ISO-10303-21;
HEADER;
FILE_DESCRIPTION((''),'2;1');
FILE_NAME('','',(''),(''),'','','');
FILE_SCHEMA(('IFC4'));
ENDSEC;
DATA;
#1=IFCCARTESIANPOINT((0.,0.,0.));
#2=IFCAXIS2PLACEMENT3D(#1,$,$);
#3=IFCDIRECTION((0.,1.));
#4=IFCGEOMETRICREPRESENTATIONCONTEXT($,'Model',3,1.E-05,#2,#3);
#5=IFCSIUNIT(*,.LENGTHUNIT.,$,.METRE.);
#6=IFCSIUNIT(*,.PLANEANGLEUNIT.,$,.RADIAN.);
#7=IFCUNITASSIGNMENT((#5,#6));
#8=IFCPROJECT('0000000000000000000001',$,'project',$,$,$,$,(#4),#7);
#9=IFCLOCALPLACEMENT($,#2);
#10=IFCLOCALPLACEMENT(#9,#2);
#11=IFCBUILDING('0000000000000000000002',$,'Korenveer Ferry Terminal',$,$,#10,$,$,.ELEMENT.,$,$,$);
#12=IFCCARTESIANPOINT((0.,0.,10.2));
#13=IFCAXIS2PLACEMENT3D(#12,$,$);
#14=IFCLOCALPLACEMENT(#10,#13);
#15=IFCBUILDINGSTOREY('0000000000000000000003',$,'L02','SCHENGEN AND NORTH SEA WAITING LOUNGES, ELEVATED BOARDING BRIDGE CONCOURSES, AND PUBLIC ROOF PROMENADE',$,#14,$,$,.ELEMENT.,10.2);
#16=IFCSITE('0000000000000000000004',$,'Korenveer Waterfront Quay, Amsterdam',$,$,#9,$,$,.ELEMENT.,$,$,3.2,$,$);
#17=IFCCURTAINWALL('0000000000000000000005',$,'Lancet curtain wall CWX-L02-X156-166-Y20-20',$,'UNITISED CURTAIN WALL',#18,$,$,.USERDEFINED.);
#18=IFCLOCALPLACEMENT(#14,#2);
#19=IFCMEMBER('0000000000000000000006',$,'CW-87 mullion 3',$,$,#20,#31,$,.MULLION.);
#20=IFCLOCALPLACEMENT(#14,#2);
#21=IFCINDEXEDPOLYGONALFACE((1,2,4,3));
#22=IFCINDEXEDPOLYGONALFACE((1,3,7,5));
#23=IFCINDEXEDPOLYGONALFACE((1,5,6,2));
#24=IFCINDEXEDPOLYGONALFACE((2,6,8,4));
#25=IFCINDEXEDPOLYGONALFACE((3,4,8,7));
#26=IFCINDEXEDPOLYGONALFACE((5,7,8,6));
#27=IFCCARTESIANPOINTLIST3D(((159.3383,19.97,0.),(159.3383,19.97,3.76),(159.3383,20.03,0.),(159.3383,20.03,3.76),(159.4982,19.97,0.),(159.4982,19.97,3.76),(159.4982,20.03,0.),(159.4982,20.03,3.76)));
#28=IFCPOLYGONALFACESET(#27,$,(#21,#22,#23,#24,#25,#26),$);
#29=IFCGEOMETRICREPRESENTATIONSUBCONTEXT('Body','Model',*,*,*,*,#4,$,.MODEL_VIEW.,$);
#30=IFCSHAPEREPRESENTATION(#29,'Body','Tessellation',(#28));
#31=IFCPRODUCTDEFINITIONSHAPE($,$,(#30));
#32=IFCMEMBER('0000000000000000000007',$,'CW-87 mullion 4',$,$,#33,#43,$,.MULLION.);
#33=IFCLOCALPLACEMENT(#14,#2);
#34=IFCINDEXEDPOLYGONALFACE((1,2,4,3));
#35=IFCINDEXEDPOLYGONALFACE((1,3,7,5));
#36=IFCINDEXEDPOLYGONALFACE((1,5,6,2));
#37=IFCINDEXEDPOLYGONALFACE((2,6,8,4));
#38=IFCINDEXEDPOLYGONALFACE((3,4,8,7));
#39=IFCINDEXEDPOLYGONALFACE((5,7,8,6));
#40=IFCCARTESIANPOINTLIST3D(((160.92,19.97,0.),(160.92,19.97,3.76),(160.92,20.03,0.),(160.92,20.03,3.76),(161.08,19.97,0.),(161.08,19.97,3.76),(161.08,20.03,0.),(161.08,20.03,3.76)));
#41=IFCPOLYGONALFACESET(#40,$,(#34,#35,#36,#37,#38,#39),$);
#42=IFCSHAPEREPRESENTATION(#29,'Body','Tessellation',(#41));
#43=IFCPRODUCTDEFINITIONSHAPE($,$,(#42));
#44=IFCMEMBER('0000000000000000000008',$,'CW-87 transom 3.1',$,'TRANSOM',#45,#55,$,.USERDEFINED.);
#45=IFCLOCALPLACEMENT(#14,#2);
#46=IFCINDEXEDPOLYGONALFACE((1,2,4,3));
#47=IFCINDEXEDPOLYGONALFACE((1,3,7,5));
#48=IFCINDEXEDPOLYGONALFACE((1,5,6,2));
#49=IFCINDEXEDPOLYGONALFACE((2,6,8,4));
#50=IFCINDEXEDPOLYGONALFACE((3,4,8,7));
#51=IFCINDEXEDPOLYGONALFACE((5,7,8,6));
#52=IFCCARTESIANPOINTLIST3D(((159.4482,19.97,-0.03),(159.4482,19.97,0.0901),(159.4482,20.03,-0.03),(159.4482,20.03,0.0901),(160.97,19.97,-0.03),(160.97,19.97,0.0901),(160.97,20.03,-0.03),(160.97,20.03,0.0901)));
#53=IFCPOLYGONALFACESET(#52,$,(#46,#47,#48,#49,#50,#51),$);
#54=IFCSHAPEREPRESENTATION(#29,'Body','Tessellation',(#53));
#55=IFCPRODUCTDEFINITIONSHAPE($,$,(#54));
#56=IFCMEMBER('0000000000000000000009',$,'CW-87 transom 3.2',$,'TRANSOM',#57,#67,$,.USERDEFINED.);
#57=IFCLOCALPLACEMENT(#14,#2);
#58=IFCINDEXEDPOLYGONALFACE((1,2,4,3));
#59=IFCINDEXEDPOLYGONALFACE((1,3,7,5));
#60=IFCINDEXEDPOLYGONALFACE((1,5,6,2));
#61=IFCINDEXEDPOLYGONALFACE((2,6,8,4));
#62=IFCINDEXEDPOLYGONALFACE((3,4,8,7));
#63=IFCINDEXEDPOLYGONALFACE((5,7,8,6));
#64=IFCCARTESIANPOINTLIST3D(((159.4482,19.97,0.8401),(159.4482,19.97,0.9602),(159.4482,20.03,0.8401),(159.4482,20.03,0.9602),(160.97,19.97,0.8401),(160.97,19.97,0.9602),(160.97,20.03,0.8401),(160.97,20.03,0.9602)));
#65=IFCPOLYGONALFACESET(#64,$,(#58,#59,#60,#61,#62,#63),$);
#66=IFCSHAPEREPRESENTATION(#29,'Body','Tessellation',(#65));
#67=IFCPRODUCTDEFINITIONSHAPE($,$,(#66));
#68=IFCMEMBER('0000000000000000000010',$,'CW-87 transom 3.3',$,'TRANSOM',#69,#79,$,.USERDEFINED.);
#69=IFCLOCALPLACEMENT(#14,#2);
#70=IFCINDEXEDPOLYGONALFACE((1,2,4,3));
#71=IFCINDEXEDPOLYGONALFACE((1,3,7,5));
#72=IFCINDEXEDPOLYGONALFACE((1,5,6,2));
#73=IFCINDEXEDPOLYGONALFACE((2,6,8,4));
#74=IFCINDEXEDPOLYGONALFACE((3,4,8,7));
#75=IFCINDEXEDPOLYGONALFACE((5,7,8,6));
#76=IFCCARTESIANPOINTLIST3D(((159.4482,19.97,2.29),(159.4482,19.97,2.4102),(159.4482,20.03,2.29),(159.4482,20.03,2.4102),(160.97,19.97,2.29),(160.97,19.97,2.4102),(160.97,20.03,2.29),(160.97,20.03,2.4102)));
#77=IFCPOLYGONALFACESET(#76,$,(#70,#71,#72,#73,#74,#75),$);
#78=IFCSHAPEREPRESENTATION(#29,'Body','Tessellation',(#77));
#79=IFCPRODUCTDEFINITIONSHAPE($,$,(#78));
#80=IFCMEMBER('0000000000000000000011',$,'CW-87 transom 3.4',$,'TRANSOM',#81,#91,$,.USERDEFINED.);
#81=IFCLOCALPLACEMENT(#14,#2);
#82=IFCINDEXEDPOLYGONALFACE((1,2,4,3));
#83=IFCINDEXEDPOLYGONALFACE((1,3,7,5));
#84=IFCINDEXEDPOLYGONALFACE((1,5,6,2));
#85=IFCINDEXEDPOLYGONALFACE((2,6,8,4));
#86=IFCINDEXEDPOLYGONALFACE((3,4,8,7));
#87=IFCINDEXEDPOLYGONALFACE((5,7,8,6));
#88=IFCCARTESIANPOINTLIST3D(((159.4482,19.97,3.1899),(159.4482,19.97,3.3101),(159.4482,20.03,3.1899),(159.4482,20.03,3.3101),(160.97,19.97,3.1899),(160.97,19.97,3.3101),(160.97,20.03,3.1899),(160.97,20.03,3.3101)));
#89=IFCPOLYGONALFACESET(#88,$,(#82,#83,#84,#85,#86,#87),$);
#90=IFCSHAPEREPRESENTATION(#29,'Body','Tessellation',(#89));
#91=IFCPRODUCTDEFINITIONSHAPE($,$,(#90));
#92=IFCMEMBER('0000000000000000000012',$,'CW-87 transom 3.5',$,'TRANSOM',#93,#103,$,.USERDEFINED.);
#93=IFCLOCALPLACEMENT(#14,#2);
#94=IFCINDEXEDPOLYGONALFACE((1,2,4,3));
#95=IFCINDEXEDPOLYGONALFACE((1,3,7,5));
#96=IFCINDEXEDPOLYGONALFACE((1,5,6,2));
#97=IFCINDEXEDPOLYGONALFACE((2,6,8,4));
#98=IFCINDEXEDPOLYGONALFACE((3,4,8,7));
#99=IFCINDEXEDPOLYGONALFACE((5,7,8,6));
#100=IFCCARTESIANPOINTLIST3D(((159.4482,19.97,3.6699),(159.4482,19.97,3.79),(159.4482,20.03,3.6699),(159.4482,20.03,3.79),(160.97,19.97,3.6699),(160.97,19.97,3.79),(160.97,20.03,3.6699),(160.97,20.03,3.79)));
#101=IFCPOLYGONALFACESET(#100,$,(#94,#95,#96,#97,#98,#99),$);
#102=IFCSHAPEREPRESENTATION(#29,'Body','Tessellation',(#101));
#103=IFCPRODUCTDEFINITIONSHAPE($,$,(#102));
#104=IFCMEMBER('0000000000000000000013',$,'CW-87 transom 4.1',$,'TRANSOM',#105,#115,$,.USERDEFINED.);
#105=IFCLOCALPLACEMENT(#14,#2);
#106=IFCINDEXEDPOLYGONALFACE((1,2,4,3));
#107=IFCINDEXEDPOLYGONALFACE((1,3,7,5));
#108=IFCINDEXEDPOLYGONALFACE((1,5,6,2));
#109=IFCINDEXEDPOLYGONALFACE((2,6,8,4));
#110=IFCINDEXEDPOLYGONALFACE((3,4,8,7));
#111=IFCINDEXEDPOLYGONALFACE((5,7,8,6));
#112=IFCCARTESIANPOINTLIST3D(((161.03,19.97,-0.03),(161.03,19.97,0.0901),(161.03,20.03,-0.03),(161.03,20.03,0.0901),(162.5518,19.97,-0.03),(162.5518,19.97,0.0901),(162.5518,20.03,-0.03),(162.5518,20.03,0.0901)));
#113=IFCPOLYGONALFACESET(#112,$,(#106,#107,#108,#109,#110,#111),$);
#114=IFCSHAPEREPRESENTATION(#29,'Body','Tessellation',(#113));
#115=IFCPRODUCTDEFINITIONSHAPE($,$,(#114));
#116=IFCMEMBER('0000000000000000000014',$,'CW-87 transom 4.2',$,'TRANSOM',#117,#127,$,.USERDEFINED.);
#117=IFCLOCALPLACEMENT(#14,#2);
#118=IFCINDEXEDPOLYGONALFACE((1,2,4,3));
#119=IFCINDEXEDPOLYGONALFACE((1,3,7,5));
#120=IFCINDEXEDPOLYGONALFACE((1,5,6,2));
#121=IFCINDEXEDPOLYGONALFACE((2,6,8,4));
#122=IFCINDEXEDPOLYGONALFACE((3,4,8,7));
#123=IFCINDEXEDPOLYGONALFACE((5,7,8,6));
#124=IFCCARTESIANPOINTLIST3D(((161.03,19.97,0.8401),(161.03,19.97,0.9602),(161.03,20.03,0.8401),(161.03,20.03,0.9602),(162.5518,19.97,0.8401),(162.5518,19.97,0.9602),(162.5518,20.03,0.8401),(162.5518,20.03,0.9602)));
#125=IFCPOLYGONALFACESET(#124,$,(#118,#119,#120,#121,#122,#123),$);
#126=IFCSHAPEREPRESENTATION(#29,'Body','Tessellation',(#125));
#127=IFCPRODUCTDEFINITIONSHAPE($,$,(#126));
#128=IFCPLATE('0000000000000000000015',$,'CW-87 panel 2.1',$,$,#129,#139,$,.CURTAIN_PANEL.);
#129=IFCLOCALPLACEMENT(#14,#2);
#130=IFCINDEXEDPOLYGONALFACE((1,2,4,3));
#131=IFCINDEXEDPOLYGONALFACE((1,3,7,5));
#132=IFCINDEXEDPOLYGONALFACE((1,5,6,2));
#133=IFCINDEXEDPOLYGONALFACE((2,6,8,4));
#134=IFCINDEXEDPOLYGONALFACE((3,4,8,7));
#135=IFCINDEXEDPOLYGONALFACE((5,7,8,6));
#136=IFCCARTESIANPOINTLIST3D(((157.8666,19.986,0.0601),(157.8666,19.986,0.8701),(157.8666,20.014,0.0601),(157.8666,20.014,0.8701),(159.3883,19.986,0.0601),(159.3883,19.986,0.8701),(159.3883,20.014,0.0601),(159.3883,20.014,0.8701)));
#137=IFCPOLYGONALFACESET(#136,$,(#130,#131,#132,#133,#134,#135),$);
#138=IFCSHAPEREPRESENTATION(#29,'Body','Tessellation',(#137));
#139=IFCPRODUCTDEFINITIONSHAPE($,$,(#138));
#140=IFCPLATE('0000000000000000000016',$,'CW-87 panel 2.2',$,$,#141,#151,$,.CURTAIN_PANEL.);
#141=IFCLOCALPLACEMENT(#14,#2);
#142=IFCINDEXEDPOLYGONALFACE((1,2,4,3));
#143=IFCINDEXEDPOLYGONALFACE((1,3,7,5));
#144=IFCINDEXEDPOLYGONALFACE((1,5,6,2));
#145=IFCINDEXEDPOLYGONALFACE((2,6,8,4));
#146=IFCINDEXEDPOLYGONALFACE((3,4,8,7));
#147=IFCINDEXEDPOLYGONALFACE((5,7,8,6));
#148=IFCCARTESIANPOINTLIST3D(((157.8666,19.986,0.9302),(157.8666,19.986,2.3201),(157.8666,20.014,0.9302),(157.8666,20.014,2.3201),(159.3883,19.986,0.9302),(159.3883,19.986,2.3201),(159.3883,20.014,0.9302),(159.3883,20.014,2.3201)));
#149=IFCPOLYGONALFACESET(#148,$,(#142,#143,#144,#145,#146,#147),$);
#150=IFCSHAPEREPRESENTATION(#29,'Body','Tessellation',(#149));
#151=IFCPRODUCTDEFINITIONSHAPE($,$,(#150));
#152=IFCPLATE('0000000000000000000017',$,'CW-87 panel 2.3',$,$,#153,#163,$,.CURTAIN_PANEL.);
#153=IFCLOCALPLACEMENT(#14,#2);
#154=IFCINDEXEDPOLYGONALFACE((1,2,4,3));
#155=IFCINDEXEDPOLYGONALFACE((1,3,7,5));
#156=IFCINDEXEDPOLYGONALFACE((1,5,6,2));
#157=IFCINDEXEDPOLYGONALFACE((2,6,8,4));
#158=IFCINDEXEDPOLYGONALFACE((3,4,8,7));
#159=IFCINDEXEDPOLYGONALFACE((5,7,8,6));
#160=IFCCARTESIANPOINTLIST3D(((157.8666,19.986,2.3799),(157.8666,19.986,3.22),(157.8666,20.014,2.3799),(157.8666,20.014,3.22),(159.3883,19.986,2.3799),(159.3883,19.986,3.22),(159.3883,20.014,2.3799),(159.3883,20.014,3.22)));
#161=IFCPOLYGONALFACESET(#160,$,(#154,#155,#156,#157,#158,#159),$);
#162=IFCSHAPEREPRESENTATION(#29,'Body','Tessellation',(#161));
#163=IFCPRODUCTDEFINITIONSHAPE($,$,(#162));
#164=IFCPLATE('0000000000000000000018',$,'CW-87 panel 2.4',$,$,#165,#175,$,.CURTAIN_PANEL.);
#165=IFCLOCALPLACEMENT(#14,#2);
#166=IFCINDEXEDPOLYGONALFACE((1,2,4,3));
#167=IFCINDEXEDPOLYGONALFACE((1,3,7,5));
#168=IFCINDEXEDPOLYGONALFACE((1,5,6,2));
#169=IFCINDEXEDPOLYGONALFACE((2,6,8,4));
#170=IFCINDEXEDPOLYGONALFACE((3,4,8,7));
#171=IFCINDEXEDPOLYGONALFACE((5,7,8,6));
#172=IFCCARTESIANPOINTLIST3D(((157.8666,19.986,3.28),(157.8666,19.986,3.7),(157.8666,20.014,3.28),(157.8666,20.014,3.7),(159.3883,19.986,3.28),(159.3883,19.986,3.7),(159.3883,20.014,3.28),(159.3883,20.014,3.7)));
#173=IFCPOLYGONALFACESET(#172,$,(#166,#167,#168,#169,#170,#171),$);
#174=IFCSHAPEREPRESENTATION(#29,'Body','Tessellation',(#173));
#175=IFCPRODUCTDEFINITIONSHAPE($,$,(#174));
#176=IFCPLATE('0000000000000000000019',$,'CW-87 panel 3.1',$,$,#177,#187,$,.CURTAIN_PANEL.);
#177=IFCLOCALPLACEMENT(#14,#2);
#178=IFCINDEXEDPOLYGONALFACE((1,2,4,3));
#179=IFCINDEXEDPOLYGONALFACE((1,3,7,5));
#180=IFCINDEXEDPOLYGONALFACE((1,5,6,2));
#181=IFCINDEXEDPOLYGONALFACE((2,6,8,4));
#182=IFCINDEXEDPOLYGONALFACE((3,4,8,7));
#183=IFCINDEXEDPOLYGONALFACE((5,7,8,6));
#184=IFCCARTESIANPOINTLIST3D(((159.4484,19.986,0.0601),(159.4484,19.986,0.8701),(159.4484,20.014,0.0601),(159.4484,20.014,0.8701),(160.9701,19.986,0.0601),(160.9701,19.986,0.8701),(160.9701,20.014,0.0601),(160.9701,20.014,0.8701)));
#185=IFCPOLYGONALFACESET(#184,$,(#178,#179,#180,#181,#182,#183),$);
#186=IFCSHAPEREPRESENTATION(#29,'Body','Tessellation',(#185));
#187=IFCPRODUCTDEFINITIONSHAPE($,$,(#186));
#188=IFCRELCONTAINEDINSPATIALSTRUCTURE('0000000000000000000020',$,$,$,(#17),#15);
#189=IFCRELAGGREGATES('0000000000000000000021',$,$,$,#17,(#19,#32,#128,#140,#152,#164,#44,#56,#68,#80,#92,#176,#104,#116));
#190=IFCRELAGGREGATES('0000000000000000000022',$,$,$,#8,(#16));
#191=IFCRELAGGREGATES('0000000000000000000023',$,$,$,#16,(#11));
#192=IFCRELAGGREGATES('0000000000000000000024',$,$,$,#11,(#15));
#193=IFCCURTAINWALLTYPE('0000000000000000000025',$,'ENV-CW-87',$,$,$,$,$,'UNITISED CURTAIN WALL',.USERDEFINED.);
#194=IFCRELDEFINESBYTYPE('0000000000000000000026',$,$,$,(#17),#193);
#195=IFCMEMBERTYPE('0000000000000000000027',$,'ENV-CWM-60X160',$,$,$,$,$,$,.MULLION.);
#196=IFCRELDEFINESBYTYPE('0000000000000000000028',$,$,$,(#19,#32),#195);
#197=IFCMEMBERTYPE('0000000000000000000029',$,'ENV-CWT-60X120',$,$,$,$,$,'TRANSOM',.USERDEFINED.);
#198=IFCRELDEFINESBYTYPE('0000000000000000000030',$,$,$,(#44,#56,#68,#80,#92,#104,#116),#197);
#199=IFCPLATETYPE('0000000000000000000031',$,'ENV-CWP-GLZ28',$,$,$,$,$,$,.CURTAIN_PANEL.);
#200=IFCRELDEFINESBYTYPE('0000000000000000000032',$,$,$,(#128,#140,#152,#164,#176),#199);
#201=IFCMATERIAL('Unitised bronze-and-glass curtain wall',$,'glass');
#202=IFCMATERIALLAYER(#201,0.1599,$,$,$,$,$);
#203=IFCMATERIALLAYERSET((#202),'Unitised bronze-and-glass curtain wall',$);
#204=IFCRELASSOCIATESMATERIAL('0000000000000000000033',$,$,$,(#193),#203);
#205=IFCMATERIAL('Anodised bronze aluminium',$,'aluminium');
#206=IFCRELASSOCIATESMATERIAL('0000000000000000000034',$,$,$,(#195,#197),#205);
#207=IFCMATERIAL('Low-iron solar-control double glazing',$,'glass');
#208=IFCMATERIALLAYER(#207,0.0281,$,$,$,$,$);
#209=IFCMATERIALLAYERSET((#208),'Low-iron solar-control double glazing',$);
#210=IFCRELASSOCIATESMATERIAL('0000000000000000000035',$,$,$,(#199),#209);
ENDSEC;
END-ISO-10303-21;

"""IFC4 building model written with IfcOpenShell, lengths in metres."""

from ifc_helpers import new_model, si_unit, direction, frame, origin, origin_2d, place, context, subcontext, project, spatial, rectangle, extrude, material, layer, layer_set, material_profile, profile_set, type_object, element, aggregate, save


model = new_model("IFC4")

# Units and contexts
model_context = context("Model", 3, precision=1e-05, world=origin(), true_north=direction((0.0, 1.0)))
body_context = subcontext(model_context, "Body", "Model", "MODEL_VIEW")
ifc_project = project(units=[si_unit("LENGTHUNIT", "METRE"), si_unit("PLANEANGLEUNIT", "RADIAN")], contexts=[model_context])

# Site, building, storey
site_placement = place(None, origin())
site = spatial("IfcSite", under=ifc_project, at=site_placement, Name="Korenveer Waterfront Quay, Amsterdam", CompositionType="ELEMENT", RefElevation=3.2)
building_placement = place(site_placement, origin())
building = spatial("IfcBuilding", under=site, at=building_placement, Name="Korenveer Ferry Terminal", CompositionType="ELEMENT")
storey_placement = place(building_placement, frame((0.0, 0.0, 10.2)))
storey = spatial("IfcBuildingStorey", under=building, at=storey_placement, Name="L02", Description="SCHENGEN AND NORTH SEA WAITING LOUNGES, ELEVATED BOARDING BRIDGE CONCOURSES, AND PUBLIC ROOF PROMENADE", CompositionType="ELEMENT", Elevation=10.2)

# Curtain wall, members, plates
ifc_material_1 = material(Name="Unitised bronze-and-glass curtain wall", Category="glass")
ifc_layer_1 = layer(ifc_material_1, 0.1599)
ifc_layer_set_1 = layer_set([ifc_layer_1], Name="Unitised bronze-and-glass curtain wall")
curtain_wall_type = type_object("IfcCurtainWallType", Name="ENV-CW-87", ElementType="UNITISED CURTAIN WALL", PredefinedType="USERDEFINED", material=ifc_layer_set_1)
curtain_wall_placement = place(storey_placement, frame((156.2549, 20.0, 0.0)))
curtain_wall = element("IfcCurtainWall", 1, at=curtain_wall_placement, inside=storey, type_object=curtain_wall_type, Name="Lancet curtain wall CWX-L02-X156-166-Y20-20", ObjectType="UNITISED CURTAIN WALL", PredefinedType="USERDEFINED")
ifc_material_2 = material(Name="Anodised bronze aluminium", Category="aluminium")
ifc_material_profile_1 = material_profile(ifc_material_2, rectangle(XDim=0.0601, YDim=0.1599, at=origin_2d()), Name="ALU 60x160")
ifc_profile_set_1 = profile_set([ifc_material_profile_1], Name="Anodised bronze aluminium")
member_type_1 = type_object("IfcMemberType", Name="ENV-CWM-60X160", PredefinedType="MULLION", material=ifc_profile_set_1)
member_1_placement = place(storey_placement, frame((159.4182, 20.0, 0.0), z_axis=(0.0, 0.0, 1.0), x_axis=(0.0, 1.0, 0.0)))
member_1 = element("IfcMember", 2, at=member_1_placement, type_object=member_type_1, Name="CW-87 mullion 3", PredefinedType="MULLION", context=body_context, shape_type="SweptSolid", body=[
    extrude(rectangle(XDim=0.0601, YDim=0.1599, at=origin_2d()), origin(), (0.0, 0.0, 1.0), 3.76),
])
member_2_placement = place(storey_placement, frame((161.0, 20.0, 0.0), z_axis=(0.0, 0.0, 1.0), x_axis=(0.0, 1.0, 0.0)))
member_2 = element("IfcMember", 3, at=member_2_placement, type_object=member_type_1, Name="CW-87 mullion 4", PredefinedType="MULLION", context=body_context, shape_type="SweptSolid", body=[
    extrude(rectangle(XDim=0.0601, YDim=0.1599, at=origin_2d()), origin(), (0.0, 0.0, 1.0), 3.76),
])
ifc_material_profile_2 = material_profile(ifc_material_2, rectangle(XDim=0.0601, YDim=0.1201, at=origin_2d()), Name="ALU 60x120")
ifc_profile_set_2 = profile_set([ifc_material_profile_2], Name="Anodised bronze aluminium")
member_type_2 = type_object("IfcMemberType", Name="ENV-CWT-60X120", ElementType="TRANSOM", PredefinedType="USERDEFINED", material=ifc_profile_set_2)
member_3_placement = place(storey_placement, frame((159.4482, 20.0, 0.03), z_axis=(1.0, 0.0, 0.0), x_axis=(0.0, 1.0, 0.0)))
member_3 = element("IfcMember", 4, at=member_3_placement, type_object=member_type_2, Name="CW-87 transom 3.1", ObjectType="TRANSOM", PredefinedType="USERDEFINED", context=body_context, shape_type="SweptSolid", body=[
    extrude(rectangle(XDim=0.0601, YDim=0.1201, at=origin_2d()), origin(), (0.0, 0.0, 1.0), 1.5217),
])
member_4_placement = place(storey_placement, frame((159.4482, 20.0, 0.9001), z_axis=(1.0, 0.0, 0.0), x_axis=(0.0, 1.0, 0.0)))
member_4 = element("IfcMember", 5, at=member_4_placement, type_object=member_type_2, Name="CW-87 transom 3.2", ObjectType="TRANSOM", PredefinedType="USERDEFINED", context=body_context, shape_type="SweptSolid", body=[
    extrude(rectangle(XDim=0.0601, YDim=0.1201, at=origin_2d()), origin(), (0.0, 0.0, 1.0), 1.5217),
])
member_5_placement = place(storey_placement, frame((159.4482, 20.0, 2.3501), z_axis=(1.0, 0.0, 0.0), x_axis=(0.0, 1.0, 0.0)))
member_5 = element("IfcMember", 6, at=member_5_placement, type_object=member_type_2, Name="CW-87 transom 3.3", ObjectType="TRANSOM", PredefinedType="USERDEFINED", context=body_context, shape_type="SweptSolid", body=[
    extrude(rectangle(XDim=0.0601, YDim=0.1201, at=origin_2d()), origin(), (0.0, 0.0, 1.0), 1.5217),
])
member_6_placement = place(storey_placement, frame((159.4482, 20.0, 3.25), z_axis=(1.0, 0.0, 0.0), x_axis=(0.0, 1.0, 0.0)))
member_6 = element("IfcMember", 7, at=member_6_placement, type_object=member_type_2, Name="CW-87 transom 3.4", ObjectType="TRANSOM", PredefinedType="USERDEFINED", context=body_context, shape_type="SweptSolid", body=[
    extrude(rectangle(XDim=0.0601, YDim=0.1201, at=origin_2d()), origin(), (0.0, 0.0, 1.0), 1.5217),
])
member_7_placement = place(storey_placement, frame((159.4482, 20.0, 3.73), z_axis=(1.0, 0.0, 0.0), x_axis=(0.0, 1.0, 0.0)))
member_7 = element("IfcMember", 8, at=member_7_placement, type_object=member_type_2, Name="CW-87 transom 3.5", ObjectType="TRANSOM", PredefinedType="USERDEFINED", context=body_context, shape_type="SweptSolid", body=[
    extrude(rectangle(XDim=0.0601, YDim=0.1201, at=origin_2d()), origin(), (0.0, 0.0, 1.0), 1.5217),
])
member_8_placement = place(storey_placement, frame((161.03, 20.0, 0.03), z_axis=(1.0, 0.0, 0.0), x_axis=(0.0, 1.0, 0.0)))
member_8 = element("IfcMember", 9, at=member_8_placement, type_object=member_type_2, Name="CW-87 transom 4.1", ObjectType="TRANSOM", PredefinedType="USERDEFINED", context=body_context, shape_type="SweptSolid", body=[
    extrude(rectangle(XDim=0.0601, YDim=0.1201, at=origin_2d()), origin(), (0.0, 0.0, 1.0), 1.5217),
])
member_9_placement = place(storey_placement, frame((161.03, 20.0, 0.9001), z_axis=(1.0, 0.0, 0.0), x_axis=(0.0, 1.0, 0.0)))
member_9 = element("IfcMember", 10, at=member_9_placement, type_object=member_type_2, Name="CW-87 transom 4.2", ObjectType="TRANSOM", PredefinedType="USERDEFINED", context=body_context, shape_type="SweptSolid", body=[
    extrude(rectangle(XDim=0.0601, YDim=0.1201, at=origin_2d()), origin(), (0.0, 0.0, 1.0), 1.5217),
])
ifc_material_3 = material(Name="Low-iron solar-control double glazing", Category="glass")
ifc_layer_2 = layer(ifc_material_3, 0.0281)
ifc_layer_set_2 = layer_set([ifc_layer_2], Name="Low-iron solar-control double glazing")
plate_type = type_object("IfcPlateType", Name="ENV-CWP-GLZ28", PredefinedType="CURTAIN_PANEL", material=ifc_layer_set_2)
plate_1_placement = place(storey_placement, frame((158.6274, 20.0, 0.0601), z_axis=(0.0, 0.0, 1.0), x_axis=(1.0, 0.0, 0.0)))
plate_1 = element("IfcPlate", 11, at=plate_1_placement, type_object=plate_type, Name="CW-87 panel 2.1", PredefinedType="CURTAIN_PANEL", context=body_context, shape_type="SweptSolid", body=[
    extrude(rectangle(XDim=1.5217, YDim=0.0281, at=origin_2d()), origin(), (0.0, 0.0, 1.0), 0.8101),
])
plate_2_placement = place(storey_placement, frame((158.6274, 20.0, 0.9302), z_axis=(0.0, 0.0, 1.0), x_axis=(1.0, 0.0, 0.0)))
plate_2 = element("IfcPlate", 12, at=plate_2_placement, type_object=plate_type, Name="CW-87 panel 2.2", PredefinedType="CURTAIN_PANEL", context=body_context, shape_type="SweptSolid", body=[
    extrude(rectangle(XDim=1.5217, YDim=0.0281, at=origin_2d()), origin(), (0.0, 0.0, 1.0), 1.3899),
])
plate_3_placement = place(storey_placement, frame((158.6274, 20.0, 2.3799), z_axis=(0.0, 0.0, 1.0), x_axis=(1.0, 0.0, 0.0)))
plate_3 = element("IfcPlate", 13, at=plate_3_placement, type_object=plate_type, Name="CW-87 panel 2.3", PredefinedType="CURTAIN_PANEL", context=body_context, shape_type="SweptSolid", body=[
    extrude(rectangle(XDim=1.5217, YDim=0.0281, at=origin_2d()), origin(), (0.0, 0.0, 1.0), 0.8401),
])
plate_4_placement = place(storey_placement, frame((158.6274, 20.0, 3.28), z_axis=(0.0, 0.0, 1.0), x_axis=(1.0, 0.0, 0.0)))
plate_4 = element("IfcPlate", 14, at=plate_4_placement, type_object=plate_type, Name="CW-87 panel 2.4", PredefinedType="CURTAIN_PANEL", context=body_context, shape_type="SweptSolid", body=[
    extrude(rectangle(XDim=1.5217, YDim=0.0281, at=origin_2d()), origin(), (0.0, 0.0, 1.0), 0.4199),
])
plate_5_placement = place(storey_placement, frame((160.2092, 20.0, 0.0601), z_axis=(0.0, 0.0, 1.0), x_axis=(1.0, 0.0, 0.0)))
plate_5 = element("IfcPlate", 15, at=plate_5_placement, type_object=plate_type, Name="CW-87 panel 3.1", PredefinedType="CURTAIN_PANEL", context=body_context, shape_type="SweptSolid", body=[
    extrude(rectangle(XDim=1.5217, YDim=0.0281, at=origin_2d()), origin(), (0.0, 0.0, 1.0), 0.8101),
])
aggregate(curtain_wall, [member_1, member_2, plate_1, plate_2, plate_3, plate_4, member_3, member_4, member_5, member_6, member_7, plate_5, member_8, member_9])

save(model, "model.ifc")
